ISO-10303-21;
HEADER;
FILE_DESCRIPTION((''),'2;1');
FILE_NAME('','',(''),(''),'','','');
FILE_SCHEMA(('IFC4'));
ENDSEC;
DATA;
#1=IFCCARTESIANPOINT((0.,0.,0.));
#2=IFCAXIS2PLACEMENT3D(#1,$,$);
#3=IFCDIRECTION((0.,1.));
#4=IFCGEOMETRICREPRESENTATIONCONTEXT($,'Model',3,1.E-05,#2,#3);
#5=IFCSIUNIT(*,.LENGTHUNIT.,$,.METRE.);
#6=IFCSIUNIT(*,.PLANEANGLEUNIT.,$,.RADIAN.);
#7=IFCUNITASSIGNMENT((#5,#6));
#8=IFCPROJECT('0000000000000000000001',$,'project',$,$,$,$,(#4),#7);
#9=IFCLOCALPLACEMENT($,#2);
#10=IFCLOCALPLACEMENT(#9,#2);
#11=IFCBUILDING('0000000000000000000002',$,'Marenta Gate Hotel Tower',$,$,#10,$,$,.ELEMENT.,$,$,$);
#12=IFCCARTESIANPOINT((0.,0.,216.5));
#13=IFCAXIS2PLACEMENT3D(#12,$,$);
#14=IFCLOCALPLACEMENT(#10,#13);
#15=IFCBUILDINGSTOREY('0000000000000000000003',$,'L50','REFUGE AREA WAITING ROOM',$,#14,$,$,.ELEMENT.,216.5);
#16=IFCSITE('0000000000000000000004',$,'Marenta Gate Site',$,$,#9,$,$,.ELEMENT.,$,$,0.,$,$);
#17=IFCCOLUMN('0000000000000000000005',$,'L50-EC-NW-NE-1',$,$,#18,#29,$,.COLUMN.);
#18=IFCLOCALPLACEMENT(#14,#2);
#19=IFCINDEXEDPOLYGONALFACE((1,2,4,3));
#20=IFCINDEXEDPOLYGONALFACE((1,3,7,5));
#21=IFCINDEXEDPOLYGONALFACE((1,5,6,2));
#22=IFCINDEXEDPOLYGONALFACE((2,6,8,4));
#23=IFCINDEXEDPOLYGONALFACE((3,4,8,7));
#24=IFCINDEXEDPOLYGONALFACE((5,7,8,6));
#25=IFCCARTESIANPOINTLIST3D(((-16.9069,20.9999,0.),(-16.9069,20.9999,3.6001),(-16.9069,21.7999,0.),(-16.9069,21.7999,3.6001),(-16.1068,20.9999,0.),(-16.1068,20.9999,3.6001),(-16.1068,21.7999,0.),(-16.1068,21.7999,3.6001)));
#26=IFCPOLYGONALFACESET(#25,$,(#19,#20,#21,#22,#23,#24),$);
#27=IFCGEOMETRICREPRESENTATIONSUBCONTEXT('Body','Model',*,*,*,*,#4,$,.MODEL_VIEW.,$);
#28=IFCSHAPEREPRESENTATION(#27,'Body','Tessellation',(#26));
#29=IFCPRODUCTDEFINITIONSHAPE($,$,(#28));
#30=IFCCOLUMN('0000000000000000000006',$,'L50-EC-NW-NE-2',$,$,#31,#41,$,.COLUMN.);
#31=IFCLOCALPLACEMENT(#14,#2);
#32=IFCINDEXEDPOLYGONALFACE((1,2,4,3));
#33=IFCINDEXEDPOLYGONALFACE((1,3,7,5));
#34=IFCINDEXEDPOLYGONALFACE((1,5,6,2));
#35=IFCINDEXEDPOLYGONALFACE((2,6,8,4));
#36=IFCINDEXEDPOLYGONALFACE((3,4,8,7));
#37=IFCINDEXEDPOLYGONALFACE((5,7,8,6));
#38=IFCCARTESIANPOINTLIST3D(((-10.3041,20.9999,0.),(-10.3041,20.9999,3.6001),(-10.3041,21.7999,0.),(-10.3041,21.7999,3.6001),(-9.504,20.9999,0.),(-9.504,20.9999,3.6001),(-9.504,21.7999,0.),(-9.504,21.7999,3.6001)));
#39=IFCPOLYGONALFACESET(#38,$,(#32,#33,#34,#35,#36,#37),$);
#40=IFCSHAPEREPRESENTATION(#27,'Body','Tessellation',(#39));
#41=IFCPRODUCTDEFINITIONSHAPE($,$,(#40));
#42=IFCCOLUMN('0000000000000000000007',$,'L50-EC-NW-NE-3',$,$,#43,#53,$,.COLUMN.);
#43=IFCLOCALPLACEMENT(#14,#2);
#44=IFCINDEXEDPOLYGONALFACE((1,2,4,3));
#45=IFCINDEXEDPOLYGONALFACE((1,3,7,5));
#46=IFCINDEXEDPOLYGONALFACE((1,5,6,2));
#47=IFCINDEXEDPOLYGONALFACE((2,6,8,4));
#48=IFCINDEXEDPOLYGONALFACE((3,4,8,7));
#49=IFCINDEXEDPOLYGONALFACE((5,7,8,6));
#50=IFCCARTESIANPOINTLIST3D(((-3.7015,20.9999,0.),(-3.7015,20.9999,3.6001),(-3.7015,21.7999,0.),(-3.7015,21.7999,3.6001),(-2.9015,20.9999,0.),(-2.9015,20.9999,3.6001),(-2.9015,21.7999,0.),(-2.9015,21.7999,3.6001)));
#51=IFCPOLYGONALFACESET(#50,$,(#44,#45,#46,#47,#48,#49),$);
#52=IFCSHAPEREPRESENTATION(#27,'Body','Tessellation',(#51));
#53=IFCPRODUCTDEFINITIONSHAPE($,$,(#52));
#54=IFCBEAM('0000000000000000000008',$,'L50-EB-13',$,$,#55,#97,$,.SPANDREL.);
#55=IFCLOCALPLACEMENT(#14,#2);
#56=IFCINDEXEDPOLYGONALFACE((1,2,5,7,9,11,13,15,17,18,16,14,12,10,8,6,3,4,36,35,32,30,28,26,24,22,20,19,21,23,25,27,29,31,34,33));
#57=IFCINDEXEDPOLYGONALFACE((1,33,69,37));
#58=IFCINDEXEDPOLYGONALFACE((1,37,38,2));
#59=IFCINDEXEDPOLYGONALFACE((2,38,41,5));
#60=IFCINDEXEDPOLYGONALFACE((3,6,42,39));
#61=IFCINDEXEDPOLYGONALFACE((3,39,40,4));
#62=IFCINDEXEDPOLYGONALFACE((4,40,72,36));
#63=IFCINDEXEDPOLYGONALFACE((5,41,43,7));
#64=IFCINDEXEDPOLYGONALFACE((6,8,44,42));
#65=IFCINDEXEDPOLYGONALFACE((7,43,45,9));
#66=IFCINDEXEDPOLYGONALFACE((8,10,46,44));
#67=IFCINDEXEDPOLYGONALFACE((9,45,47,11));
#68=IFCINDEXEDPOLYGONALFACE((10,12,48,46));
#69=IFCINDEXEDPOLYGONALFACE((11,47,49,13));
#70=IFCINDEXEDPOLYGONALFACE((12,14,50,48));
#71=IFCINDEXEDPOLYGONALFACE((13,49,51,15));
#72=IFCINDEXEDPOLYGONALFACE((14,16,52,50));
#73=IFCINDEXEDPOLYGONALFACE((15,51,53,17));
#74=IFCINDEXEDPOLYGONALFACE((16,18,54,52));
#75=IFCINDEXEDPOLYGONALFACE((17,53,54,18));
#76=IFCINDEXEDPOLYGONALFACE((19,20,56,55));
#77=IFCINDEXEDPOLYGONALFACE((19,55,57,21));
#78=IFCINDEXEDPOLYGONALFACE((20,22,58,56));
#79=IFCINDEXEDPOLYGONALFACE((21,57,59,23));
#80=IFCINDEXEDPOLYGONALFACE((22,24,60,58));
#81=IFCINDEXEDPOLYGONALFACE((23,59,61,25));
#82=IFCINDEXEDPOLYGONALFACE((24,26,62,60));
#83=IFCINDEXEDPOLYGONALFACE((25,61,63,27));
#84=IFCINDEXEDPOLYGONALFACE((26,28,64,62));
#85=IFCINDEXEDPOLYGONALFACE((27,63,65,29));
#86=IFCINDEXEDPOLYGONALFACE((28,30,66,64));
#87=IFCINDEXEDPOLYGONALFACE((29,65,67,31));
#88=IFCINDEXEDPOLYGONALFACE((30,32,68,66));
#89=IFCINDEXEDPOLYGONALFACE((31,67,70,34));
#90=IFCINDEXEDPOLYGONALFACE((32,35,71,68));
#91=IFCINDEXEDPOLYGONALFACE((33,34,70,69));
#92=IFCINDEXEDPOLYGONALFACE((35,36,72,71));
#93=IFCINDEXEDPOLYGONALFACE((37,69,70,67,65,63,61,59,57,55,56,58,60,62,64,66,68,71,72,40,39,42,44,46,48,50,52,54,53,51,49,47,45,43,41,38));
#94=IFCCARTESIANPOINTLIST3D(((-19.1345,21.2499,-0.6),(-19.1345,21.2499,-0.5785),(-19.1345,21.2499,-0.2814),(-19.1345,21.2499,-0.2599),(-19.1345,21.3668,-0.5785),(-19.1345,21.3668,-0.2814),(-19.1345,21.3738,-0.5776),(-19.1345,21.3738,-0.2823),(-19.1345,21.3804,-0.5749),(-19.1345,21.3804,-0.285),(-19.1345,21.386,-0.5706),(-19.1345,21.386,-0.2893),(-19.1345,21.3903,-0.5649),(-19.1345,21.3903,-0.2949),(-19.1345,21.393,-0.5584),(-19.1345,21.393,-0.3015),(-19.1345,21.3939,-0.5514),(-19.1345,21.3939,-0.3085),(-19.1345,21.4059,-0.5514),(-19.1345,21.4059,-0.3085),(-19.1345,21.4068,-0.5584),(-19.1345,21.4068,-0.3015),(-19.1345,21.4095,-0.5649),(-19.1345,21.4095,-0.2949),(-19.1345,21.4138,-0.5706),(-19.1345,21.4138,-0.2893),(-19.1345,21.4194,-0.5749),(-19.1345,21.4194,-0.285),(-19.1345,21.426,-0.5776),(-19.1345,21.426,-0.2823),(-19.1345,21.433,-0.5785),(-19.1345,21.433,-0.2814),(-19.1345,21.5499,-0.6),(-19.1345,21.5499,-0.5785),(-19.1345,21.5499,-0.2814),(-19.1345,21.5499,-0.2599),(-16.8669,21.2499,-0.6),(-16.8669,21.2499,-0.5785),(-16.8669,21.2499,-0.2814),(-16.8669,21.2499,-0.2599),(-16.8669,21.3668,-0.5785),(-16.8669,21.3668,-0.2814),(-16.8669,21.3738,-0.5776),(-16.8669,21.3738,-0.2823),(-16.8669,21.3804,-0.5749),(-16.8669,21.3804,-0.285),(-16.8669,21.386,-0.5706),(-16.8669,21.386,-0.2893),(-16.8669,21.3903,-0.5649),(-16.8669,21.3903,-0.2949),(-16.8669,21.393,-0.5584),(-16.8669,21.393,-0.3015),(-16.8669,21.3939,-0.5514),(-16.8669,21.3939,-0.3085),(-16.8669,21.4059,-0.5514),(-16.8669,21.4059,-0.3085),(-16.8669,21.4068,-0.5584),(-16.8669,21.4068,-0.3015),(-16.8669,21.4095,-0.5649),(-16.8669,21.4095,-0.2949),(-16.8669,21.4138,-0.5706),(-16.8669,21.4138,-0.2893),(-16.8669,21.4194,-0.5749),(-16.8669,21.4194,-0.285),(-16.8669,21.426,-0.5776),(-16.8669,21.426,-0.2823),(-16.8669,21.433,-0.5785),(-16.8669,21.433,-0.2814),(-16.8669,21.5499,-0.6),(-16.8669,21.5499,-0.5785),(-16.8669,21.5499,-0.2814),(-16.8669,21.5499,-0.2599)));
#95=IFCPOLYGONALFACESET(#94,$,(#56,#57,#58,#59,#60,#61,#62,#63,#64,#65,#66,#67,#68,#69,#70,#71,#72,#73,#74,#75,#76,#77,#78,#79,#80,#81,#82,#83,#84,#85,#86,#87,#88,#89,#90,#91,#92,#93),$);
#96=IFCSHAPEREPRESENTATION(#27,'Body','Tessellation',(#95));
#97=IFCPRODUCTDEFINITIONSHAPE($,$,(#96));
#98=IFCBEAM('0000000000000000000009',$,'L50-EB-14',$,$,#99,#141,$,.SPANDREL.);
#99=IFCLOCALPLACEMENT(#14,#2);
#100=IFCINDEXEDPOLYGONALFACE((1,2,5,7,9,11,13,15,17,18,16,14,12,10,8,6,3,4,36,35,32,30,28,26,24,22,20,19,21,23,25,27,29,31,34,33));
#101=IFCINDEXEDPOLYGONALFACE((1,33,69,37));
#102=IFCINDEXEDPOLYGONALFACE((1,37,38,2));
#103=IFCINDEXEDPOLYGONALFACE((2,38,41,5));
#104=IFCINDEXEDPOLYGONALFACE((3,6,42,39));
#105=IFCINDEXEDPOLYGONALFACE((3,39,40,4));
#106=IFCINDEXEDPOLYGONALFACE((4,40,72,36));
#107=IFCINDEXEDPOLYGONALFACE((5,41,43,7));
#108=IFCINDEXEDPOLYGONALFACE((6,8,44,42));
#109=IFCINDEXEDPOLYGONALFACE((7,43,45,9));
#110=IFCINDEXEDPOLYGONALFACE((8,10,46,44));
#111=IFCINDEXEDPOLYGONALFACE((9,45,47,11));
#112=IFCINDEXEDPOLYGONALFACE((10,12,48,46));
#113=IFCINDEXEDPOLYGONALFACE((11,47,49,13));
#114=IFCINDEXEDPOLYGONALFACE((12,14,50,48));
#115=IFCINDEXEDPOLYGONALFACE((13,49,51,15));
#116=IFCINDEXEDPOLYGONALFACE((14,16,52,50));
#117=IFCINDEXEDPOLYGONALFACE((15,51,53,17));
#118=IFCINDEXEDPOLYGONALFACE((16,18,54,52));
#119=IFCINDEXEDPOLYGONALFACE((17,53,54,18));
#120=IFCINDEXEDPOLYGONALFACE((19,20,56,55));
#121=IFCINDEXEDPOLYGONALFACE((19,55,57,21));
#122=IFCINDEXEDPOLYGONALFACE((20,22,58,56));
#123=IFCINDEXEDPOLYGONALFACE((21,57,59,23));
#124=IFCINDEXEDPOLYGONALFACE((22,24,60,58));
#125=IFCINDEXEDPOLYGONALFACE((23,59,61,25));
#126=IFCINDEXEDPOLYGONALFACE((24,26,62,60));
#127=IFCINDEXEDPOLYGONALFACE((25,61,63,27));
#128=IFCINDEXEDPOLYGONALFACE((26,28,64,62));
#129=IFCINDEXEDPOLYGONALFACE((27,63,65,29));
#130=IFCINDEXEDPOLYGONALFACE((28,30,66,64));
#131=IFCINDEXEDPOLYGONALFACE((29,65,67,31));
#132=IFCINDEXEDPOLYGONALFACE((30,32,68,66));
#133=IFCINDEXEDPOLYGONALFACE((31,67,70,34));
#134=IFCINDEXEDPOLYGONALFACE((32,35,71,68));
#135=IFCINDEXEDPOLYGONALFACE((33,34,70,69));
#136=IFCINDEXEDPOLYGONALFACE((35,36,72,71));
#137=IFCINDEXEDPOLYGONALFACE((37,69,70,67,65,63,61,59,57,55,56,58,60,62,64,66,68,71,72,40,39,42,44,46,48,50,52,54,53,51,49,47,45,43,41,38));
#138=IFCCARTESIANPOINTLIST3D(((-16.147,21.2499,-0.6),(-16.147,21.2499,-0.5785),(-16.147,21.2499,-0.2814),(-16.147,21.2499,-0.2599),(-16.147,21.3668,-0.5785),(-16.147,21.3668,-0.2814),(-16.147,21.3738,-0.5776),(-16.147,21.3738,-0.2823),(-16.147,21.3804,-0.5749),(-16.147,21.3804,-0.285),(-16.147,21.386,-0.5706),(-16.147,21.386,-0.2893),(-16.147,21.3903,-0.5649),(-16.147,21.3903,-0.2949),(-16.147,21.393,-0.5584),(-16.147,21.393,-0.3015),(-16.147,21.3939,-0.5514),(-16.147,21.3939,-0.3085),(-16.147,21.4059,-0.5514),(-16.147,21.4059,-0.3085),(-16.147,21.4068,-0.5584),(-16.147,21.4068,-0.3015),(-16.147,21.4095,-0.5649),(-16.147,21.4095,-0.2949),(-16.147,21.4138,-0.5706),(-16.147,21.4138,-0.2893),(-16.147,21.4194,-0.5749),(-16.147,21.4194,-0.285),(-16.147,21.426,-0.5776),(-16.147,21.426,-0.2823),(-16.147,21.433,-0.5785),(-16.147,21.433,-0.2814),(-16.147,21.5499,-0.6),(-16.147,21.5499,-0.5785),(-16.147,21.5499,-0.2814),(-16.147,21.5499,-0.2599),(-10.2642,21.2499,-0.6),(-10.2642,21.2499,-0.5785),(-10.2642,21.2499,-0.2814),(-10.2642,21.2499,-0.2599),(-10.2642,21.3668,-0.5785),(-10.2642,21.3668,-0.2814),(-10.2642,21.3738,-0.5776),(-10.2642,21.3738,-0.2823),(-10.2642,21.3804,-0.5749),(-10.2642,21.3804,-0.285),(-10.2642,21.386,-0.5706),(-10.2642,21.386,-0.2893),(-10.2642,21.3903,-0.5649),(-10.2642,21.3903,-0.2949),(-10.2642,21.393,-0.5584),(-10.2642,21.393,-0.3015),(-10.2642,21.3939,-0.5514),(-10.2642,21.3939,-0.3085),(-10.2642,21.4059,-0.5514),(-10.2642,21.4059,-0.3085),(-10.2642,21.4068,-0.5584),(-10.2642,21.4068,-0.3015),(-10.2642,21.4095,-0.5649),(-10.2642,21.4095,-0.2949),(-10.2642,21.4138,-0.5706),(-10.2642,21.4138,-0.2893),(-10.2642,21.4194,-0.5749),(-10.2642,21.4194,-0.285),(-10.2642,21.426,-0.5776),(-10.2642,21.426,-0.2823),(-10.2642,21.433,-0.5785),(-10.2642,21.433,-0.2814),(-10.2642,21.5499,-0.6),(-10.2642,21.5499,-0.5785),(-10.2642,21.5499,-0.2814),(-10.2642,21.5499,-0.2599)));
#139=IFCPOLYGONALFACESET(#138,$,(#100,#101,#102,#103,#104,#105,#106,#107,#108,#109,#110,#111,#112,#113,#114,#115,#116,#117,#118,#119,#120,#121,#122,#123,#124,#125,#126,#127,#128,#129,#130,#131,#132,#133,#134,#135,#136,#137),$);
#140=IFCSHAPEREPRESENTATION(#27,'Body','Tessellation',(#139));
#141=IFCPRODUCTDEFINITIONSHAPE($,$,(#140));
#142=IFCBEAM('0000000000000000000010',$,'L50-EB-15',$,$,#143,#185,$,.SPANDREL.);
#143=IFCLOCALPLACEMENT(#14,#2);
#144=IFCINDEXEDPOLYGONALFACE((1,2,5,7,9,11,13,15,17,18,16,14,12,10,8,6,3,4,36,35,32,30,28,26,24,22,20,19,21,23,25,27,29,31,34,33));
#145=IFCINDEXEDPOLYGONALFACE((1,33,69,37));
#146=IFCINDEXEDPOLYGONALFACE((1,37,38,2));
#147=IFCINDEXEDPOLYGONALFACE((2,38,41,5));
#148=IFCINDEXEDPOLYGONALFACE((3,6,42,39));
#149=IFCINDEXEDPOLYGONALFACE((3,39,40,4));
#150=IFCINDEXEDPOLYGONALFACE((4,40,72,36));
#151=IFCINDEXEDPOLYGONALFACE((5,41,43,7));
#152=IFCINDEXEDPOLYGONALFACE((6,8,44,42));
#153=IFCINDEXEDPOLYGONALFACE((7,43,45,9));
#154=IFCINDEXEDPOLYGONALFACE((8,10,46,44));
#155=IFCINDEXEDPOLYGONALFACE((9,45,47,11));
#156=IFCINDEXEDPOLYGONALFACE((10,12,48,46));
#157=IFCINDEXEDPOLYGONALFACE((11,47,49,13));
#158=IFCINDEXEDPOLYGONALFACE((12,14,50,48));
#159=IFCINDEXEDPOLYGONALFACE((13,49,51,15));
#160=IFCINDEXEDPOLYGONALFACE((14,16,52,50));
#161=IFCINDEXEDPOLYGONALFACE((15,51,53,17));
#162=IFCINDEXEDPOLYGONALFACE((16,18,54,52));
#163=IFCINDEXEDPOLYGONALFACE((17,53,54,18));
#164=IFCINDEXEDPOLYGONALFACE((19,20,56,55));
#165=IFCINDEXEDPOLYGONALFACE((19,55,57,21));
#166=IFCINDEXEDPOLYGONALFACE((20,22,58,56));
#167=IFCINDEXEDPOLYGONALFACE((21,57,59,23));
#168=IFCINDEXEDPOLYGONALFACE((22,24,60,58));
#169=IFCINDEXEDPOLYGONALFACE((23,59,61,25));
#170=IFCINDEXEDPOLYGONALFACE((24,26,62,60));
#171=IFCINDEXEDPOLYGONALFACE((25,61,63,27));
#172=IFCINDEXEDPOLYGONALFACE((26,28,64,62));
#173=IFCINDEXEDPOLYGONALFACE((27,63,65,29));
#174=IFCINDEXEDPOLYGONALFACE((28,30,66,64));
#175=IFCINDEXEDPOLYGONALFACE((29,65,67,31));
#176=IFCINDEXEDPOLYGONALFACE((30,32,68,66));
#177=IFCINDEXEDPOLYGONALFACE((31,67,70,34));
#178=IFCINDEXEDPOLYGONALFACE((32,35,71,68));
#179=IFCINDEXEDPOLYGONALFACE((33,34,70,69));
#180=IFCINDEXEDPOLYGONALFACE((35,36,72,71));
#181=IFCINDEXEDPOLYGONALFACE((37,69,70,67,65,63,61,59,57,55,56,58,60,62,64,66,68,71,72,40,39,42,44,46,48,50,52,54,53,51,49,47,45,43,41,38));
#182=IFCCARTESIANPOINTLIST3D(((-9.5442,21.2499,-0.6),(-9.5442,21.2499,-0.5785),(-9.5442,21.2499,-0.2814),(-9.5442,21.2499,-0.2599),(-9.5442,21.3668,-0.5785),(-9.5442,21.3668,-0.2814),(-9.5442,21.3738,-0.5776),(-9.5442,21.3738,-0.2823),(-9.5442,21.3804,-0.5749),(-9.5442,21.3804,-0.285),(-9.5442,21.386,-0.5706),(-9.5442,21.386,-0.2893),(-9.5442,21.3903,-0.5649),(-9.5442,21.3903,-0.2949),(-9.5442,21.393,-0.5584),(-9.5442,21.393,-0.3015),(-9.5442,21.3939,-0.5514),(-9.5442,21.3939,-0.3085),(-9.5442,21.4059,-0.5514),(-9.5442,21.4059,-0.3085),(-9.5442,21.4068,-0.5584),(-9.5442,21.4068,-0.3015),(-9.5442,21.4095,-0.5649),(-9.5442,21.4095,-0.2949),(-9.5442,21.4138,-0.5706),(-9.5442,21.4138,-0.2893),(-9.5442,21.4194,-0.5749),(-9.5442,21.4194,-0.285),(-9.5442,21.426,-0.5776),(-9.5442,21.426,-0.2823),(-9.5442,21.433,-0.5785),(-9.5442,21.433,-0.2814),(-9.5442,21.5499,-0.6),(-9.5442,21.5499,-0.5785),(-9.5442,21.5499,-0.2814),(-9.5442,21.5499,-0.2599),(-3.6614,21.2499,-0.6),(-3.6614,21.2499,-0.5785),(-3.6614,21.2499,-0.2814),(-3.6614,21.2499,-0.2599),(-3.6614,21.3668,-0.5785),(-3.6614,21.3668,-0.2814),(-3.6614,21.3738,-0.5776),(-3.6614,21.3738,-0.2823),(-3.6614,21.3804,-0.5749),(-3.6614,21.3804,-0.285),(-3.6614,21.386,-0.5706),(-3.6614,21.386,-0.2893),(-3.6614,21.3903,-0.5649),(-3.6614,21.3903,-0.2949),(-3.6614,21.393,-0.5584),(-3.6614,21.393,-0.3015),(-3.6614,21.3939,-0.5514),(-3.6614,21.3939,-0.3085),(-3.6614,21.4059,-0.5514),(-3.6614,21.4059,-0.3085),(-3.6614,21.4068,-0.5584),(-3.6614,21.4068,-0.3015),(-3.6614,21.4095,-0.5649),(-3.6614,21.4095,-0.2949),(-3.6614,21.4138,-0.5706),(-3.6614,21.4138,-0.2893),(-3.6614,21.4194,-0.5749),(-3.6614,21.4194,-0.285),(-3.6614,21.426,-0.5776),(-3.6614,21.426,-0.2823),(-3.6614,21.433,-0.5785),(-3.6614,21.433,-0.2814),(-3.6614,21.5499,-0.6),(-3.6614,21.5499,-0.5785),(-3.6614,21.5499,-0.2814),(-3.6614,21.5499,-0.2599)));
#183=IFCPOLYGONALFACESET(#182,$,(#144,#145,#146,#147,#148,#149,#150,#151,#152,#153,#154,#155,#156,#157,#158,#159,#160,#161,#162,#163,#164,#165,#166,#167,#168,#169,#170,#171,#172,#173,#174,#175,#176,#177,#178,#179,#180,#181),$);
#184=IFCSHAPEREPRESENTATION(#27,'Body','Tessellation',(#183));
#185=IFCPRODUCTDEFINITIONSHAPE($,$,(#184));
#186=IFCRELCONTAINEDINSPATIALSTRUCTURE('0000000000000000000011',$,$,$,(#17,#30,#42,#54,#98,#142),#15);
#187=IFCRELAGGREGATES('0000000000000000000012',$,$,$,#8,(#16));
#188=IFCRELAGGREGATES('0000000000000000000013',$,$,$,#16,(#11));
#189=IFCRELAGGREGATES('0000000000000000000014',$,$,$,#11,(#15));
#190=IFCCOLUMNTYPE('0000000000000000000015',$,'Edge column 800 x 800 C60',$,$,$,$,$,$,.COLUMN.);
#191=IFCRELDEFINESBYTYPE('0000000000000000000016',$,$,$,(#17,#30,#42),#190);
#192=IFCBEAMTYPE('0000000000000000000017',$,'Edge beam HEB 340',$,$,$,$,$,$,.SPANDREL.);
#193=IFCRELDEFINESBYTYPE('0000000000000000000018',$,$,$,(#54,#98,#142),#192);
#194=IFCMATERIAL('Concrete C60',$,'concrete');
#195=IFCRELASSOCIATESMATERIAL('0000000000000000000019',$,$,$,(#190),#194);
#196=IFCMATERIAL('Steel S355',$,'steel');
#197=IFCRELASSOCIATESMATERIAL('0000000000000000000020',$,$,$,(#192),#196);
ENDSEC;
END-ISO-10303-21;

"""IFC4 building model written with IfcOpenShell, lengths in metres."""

from ifc_helpers import new_model, si_unit, direction, frame, origin, origin_2d, place, context, subcontext, project, spatial, rectangle, i_section, extrude, material, material_profile, profile_set, type_object, element, save


model = new_model("IFC4")

# Units and contexts
model_context = context("Model", 3, precision=1e-05, world=origin(), true_north=direction((0.0, 1.0)))
body_context = subcontext(model_context, "Body", "Model", "MODEL_VIEW")
ifc_project = project(units=[si_unit("LENGTHUNIT", "METRE"), si_unit("PLANEANGLEUNIT", "RADIAN")], contexts=[model_context])

# Site, building, storey
site_placement = place(None, origin())
site = spatial("IfcSite", under=ifc_project, at=site_placement, Name="Marenta Gate Site", CompositionType="ELEMENT", RefElevation=0.0)
building_placement = place(site_placement, origin())
building = spatial("IfcBuilding", under=site, at=building_placement, Name="Marenta Gate Hotel Tower", CompositionType="ELEMENT")
storey_placement = place(building_placement, frame((0.0, 0.0, 216.5)))
storey = spatial("IfcBuildingStorey", under=building, at=storey_placement, Name="L50", Description="REFUGE AREA WAITING ROOM", CompositionType="ELEMENT", Elevation=216.5)

# Columns
ifc_material_1 = material(Name="Concrete C60", Category="concrete")
ifc_material_profile_1 = material_profile(ifc_material_1, rectangle(XDim=0.8, YDim=0.8, at=origin_2d()), Name="800 x 800")
ifc_profile_set_1 = profile_set([ifc_material_profile_1], Name="Concrete C60")
column_type = type_object("IfcColumnType", Name="Edge column 800 x 800 C60", PredefinedType="COLUMN", material=ifc_profile_set_1)
for number, where, z_axis, x_axis, name in (
    (1, (-16.5068, 21.3999, 0.0), (0.0, 0.0, 1.0), (1.0, 0.0, 0.0), "L50-EC-NW-NE-1"),
    (2, (-9.9041, 21.3999, 0.0), (0.0, 0.0, 1.0), (1.0, 0.0, 0.0), "L50-EC-NW-NE-2"),
    (3, (-3.3015, 21.3999, 0.0), (0.0, 0.0, 1.0), (1.0, 0.0, 0.0), "L50-EC-NW-NE-3"),
):
    element("IfcColumn", number, at=place(storey_placement, frame(where, z_axis=z_axis, x_axis=x_axis)), inside=storey, type_object=column_type, Name=name, PredefinedType="COLUMN", context=body_context, shape_type="SweptSolid", body=[
        extrude(rectangle(XDim=0.8, YDim=0.8, at=origin_2d()), origin(), (0.0, 0.0, 1.0), 3.6001),
    ])

# Beams
ifc_material_2 = material(Name="Steel S355", Category="steel")
ifc_material_profile_2 = material_profile(ifc_material_2, i_section(OverallWidth=0.3, OverallDepth=0.3401, WebThickness=0.012, FlangeThickness=0.0215, FilletRadius=0.0271, at=origin_2d()), Name="HEB 340")
ifc_profile_set_2 = profile_set([ifc_material_profile_2], Name="Steel S355")
beam_type_1 = type_object("IfcBeamType", Name="Edge beam HEB 340", PredefinedType="SPANDREL", material=ifc_profile_set_2)
beam_1_placement = place(storey_placement, frame((-19.1345, 21.3999, -0.4299), z_axis=(1.0, 0.0, 0.0), x_axis=(0.0, 1.0, 0.0)))
element("IfcBeam", 4, at=beam_1_placement, inside=storey, type_object=beam_type_1, Name="L50-EB-13", PredefinedType="SPANDREL", context=body_context, shape_type="SweptSolid", body=[
    extrude(i_section(OverallWidth=0.3, OverallDepth=0.3401, WebThickness=0.012, FlangeThickness=0.0215, FilletRadius=0.0271, at=origin_2d()), origin(), (0.0, 0.0, 1.0), 2.2676),
])
for number, where, z_axis, x_axis, name in (
    (5, (-16.147, 21.3999, -0.4299), (1.0, 0.0, 0.0), (0.0, 1.0, 0.0), "L50-EB-14"),
    (6, (-9.5442, 21.3999, -0.4299), (1.0, 0.0, 0.0), (0.0, 1.0, 0.0), "L50-EB-15"),
):
    element("IfcBeam", number, at=place(storey_placement, frame(where, z_axis=z_axis, x_axis=x_axis)), inside=storey, type_object=beam_type_1, Name=name, PredefinedType="SPANDREL", context=body_context, shape_type="SweptSolid", body=[
        extrude(i_section(OverallWidth=0.3, OverallDepth=0.3401, WebThickness=0.012, FlangeThickness=0.0215, FilletRadius=0.0271, at=origin_2d()), origin(), (0.0, 0.0, 1.0), 5.8828),
    ])

save(model, "model.ifc")
